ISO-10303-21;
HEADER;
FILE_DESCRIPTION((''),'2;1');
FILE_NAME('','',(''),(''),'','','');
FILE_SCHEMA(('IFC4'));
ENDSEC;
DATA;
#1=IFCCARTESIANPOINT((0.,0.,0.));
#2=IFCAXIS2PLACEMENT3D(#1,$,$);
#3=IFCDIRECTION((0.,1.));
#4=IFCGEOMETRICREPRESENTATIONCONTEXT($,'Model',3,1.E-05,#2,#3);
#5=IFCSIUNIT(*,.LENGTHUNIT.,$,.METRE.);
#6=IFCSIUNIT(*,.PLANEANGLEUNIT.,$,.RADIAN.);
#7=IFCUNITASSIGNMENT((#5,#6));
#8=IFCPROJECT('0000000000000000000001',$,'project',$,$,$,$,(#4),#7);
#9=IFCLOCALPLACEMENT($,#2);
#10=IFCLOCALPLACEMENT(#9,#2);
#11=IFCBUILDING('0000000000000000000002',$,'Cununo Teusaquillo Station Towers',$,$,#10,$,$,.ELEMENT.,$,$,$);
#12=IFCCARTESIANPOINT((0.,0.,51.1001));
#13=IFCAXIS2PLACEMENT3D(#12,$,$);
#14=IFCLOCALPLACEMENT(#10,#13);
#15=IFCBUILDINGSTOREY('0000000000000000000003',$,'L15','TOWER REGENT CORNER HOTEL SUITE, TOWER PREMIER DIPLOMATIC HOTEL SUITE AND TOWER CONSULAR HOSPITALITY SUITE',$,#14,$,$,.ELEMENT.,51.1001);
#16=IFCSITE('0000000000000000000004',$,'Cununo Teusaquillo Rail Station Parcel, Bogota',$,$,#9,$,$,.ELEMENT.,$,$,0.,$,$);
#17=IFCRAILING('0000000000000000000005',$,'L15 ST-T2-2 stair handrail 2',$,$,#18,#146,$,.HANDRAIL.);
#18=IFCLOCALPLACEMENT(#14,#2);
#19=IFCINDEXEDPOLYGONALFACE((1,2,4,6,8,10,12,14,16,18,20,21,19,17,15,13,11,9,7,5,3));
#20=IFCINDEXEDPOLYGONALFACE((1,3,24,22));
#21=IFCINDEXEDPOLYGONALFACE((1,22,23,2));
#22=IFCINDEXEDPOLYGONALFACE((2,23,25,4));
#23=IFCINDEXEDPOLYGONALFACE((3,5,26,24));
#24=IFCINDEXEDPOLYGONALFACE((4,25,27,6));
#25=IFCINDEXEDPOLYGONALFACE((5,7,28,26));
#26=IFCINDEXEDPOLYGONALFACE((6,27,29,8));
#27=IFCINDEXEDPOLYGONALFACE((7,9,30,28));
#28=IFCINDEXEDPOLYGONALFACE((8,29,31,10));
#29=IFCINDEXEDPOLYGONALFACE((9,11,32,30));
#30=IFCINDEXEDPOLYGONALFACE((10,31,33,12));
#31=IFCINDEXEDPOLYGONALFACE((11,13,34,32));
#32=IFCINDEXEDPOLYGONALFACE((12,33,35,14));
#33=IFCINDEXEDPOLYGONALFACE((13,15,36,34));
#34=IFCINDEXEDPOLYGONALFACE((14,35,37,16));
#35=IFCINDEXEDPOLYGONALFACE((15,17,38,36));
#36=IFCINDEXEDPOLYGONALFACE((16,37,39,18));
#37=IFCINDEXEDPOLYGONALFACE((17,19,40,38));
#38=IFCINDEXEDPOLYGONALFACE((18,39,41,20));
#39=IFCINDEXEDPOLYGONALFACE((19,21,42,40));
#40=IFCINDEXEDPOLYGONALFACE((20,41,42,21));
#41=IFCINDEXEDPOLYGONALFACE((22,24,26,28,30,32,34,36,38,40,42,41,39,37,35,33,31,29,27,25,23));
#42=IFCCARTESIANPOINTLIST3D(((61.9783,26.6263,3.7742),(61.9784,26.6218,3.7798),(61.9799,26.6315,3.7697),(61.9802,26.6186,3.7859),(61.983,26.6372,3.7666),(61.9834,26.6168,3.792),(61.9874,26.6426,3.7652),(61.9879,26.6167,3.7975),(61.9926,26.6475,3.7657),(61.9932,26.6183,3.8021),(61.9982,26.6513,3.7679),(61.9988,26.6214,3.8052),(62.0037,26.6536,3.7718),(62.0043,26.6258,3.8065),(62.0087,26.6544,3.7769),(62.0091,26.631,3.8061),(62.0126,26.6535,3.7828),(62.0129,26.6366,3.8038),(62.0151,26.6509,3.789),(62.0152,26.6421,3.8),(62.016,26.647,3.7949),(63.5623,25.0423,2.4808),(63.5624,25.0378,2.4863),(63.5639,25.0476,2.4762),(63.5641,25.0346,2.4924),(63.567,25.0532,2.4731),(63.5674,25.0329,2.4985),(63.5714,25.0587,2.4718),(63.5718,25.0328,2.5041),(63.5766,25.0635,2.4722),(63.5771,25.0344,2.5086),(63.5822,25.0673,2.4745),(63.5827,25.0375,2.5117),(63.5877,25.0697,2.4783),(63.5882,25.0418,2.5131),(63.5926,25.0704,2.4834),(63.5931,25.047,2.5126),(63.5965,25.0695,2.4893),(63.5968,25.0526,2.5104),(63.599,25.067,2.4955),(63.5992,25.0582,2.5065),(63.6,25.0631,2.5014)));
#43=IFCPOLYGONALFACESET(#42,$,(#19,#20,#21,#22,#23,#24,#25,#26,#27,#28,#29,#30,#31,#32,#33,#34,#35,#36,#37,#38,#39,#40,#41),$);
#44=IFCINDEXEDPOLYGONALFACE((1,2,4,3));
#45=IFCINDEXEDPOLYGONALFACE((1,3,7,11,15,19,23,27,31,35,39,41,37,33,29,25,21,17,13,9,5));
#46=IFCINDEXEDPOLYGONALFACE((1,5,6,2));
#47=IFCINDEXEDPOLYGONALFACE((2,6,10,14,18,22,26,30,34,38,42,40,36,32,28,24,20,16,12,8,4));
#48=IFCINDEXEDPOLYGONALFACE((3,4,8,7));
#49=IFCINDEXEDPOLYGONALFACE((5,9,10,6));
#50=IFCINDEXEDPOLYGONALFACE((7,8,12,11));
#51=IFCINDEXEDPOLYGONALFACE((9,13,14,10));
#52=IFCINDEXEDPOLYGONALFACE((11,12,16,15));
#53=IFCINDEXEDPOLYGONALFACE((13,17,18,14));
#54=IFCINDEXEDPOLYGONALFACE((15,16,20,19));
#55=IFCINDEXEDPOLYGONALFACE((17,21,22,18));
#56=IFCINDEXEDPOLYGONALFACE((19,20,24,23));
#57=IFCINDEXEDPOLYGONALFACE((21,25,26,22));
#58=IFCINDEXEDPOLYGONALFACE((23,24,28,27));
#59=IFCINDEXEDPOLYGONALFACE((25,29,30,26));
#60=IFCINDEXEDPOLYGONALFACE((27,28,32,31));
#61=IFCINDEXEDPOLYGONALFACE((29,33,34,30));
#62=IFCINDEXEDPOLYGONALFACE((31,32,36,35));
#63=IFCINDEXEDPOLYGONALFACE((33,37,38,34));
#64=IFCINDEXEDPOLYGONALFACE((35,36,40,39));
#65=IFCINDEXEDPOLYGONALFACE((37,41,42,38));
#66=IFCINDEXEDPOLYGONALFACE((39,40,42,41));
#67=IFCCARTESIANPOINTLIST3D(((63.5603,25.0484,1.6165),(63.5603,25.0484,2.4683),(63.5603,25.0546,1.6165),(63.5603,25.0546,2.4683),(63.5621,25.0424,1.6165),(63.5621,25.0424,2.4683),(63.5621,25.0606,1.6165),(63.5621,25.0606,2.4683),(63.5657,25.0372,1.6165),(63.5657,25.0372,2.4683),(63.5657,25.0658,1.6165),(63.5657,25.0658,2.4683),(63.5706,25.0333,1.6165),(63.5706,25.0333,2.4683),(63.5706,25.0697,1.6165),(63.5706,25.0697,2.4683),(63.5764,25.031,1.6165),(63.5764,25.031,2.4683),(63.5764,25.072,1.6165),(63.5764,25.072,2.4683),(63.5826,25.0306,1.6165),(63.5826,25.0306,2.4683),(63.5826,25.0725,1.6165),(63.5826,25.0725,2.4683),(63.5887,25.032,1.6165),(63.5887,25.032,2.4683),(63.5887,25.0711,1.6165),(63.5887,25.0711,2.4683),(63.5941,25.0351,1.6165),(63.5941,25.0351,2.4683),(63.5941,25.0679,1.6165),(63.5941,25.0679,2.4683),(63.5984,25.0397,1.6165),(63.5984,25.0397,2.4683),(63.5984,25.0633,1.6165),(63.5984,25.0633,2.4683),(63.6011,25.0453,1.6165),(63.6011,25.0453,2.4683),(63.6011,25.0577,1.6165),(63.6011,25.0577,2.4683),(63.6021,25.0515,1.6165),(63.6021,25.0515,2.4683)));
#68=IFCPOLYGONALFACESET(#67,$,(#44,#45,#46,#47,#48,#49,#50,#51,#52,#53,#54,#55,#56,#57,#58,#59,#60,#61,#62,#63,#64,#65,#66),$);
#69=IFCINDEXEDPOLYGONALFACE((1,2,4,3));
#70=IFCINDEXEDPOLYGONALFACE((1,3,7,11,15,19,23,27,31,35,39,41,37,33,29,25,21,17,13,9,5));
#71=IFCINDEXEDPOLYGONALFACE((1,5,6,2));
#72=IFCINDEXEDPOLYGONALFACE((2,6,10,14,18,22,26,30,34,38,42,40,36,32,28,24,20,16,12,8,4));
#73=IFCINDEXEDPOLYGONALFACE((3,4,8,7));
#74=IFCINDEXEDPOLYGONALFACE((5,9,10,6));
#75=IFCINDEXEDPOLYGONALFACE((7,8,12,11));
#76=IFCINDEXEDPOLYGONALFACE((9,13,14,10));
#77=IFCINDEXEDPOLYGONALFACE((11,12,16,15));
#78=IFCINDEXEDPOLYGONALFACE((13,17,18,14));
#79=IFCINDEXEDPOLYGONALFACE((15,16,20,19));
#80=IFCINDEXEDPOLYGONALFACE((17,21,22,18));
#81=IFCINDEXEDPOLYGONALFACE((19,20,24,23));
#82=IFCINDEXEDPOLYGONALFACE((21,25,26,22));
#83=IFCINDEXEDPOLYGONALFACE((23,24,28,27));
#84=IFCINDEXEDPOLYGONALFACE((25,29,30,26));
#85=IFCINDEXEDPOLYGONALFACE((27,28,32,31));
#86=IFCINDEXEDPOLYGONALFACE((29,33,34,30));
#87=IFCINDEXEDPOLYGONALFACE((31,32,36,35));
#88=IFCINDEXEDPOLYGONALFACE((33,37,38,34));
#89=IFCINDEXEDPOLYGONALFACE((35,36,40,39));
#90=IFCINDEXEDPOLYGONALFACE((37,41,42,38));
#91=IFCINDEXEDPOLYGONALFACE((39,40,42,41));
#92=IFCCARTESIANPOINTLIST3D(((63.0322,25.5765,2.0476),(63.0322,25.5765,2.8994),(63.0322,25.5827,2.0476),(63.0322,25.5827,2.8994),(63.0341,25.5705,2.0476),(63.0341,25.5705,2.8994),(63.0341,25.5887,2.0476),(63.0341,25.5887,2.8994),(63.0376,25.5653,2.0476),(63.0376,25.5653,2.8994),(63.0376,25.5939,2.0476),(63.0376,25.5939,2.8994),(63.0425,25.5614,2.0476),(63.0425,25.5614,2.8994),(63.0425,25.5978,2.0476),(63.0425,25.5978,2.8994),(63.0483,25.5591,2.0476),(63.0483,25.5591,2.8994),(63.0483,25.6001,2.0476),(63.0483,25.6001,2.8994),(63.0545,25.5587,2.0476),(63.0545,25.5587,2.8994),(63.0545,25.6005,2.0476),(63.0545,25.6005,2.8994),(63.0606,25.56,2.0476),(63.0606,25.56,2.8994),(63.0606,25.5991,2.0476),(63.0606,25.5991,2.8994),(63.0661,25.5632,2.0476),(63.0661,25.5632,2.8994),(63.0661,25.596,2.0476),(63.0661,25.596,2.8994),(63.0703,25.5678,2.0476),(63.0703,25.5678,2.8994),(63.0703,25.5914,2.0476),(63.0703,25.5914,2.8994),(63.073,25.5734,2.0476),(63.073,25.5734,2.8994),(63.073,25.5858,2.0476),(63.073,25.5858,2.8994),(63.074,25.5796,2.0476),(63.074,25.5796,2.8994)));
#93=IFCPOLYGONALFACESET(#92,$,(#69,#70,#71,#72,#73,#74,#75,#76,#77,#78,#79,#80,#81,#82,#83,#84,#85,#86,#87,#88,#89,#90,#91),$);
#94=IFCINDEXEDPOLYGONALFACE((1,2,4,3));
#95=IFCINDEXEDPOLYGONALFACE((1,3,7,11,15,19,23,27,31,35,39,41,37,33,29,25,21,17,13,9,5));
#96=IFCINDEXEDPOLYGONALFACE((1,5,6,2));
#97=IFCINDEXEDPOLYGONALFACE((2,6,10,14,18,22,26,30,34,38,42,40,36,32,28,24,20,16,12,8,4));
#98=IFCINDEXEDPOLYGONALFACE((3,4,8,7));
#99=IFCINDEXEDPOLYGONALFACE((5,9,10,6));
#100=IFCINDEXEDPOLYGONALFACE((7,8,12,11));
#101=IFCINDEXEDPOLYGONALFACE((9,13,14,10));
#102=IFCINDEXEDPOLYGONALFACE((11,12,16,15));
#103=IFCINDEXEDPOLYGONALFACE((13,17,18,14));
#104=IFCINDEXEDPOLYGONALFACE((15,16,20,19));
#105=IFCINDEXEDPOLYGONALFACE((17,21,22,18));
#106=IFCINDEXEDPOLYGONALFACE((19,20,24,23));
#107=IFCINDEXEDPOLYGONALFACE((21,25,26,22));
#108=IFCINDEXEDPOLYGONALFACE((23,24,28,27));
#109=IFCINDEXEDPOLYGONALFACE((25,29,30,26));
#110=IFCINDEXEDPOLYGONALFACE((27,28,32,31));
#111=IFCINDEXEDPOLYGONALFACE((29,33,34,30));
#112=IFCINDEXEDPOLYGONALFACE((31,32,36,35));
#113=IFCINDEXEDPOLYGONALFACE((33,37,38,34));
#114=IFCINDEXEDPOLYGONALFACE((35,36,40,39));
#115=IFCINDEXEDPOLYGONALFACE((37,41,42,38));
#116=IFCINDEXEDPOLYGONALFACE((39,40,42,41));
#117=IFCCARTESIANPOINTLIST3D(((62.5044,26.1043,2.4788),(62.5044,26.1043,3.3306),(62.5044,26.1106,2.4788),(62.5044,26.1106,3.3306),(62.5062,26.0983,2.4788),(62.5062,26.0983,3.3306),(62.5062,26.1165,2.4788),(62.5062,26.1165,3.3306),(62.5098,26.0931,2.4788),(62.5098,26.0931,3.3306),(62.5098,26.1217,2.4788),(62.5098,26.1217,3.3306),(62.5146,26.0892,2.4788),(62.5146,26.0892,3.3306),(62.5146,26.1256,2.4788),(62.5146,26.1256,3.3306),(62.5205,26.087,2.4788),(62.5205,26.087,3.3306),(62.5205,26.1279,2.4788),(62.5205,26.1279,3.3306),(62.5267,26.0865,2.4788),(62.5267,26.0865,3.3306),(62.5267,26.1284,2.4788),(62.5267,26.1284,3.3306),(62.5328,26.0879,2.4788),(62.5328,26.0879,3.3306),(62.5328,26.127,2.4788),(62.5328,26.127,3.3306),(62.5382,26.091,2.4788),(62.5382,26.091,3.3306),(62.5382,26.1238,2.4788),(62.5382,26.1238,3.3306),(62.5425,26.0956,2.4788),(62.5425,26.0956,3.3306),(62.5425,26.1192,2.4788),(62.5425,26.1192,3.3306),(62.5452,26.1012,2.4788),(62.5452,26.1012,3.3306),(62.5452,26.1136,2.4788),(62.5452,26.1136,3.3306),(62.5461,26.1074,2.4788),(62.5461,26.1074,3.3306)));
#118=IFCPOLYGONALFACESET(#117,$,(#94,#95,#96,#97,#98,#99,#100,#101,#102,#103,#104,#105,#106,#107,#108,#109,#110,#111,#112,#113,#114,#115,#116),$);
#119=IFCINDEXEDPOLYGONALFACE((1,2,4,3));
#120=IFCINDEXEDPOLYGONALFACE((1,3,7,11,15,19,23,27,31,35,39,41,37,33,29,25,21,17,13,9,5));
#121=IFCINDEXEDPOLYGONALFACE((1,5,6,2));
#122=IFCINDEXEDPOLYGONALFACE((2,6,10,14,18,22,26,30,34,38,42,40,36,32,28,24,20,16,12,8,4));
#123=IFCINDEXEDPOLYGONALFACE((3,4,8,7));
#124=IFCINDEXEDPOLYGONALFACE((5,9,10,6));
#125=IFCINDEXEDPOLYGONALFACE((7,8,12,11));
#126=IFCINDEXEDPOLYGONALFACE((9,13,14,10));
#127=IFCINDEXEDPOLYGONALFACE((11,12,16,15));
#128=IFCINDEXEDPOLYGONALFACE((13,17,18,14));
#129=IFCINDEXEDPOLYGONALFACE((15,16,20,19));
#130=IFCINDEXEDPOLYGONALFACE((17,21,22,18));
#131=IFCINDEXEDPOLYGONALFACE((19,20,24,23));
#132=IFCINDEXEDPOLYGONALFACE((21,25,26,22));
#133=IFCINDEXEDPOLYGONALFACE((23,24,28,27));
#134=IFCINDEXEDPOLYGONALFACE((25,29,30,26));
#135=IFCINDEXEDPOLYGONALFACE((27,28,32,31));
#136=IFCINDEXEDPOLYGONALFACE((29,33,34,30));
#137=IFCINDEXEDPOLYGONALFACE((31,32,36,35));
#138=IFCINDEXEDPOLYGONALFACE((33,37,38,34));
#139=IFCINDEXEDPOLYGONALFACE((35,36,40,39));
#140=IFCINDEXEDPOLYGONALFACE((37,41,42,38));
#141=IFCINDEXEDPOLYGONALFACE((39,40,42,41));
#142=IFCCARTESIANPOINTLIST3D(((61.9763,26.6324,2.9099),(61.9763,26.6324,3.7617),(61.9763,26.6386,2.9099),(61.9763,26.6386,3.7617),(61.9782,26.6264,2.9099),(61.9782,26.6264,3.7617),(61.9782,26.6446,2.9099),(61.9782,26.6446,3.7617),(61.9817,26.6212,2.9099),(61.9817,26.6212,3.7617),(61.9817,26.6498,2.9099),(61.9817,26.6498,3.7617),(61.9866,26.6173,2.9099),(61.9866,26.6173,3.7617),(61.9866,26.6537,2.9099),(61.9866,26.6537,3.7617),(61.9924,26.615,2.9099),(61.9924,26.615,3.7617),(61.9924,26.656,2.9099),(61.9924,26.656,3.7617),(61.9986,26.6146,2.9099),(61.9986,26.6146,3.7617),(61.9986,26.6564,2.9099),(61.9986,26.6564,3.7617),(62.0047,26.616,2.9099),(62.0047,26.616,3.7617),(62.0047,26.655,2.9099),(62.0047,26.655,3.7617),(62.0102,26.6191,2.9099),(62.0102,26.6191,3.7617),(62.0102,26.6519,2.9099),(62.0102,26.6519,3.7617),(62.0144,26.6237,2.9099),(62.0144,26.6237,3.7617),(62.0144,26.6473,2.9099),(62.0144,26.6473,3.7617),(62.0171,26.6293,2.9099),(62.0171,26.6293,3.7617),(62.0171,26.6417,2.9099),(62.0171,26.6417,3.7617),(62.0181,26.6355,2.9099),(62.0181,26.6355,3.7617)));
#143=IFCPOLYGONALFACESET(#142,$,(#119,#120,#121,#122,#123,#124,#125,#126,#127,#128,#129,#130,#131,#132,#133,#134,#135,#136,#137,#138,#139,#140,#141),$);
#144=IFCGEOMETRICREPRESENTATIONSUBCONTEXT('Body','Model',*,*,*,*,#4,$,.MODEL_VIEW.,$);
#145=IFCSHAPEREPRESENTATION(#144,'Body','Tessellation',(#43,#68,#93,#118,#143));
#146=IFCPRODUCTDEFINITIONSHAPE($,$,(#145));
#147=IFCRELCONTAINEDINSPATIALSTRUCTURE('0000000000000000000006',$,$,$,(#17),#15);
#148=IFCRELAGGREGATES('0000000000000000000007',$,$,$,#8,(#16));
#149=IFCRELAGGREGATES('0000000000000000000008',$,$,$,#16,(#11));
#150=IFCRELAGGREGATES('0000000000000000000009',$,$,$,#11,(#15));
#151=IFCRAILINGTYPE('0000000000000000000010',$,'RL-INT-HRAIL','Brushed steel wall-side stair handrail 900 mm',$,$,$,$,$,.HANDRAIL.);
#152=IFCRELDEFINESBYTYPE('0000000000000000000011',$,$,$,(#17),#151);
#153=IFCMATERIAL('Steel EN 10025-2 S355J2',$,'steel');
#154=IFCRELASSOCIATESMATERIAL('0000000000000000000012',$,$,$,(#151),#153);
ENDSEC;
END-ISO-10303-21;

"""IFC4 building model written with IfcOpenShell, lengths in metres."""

from ifc_helpers import new_model, si_unit, direction, frame, origin, origin_2d, place, context, subcontext, project, spatial, circle, extrude, material, type_object, element, save


model = new_model("IFC4")

# Units and contexts
model_context = context("Model", 3, precision=1e-05, world=origin(), true_north=direction((0.0, 1.0)))
body_context = subcontext(model_context, "Body", "Model", "MODEL_VIEW")
ifc_project = project(units=[si_unit("LENGTHUNIT", "METRE"), si_unit("PLANEANGLEUNIT", "RADIAN")], contexts=[model_context])

# Site, building, storey
site_placement = place(None, origin())
site = spatial("IfcSite", under=ifc_project, at=site_placement, Name="Cununo Teusaquillo Rail Station Parcel, Bogota", CompositionType="ELEMENT", RefElevation=0.0)
building_placement = place(site_placement, origin())
building = spatial("IfcBuilding", under=site, at=building_placement, Name="Cununo Teusaquillo Station Towers", CompositionType="ELEMENT")
storey_placement = place(building_placement, frame((0.0, 0.0, 51.1001)))
storey = spatial("IfcBuildingStorey", under=building, at=storey_placement, Name="L15", Description="TOWER REGENT CORNER HOTEL SUITE, TOWER PREMIER DIPLOMATIC HOTEL SUITE AND TOWER CONSULAR HOSPITALITY SUITE", CompositionType="ELEMENT", Elevation=51.1001)

# Railing
ifc_material_1 = material(Name="Steel EN 10025-2 S355J2", Category="steel")
railing_type_1 = type_object("IfcRailingType", Name="RL-INT-HRAIL", Description="Brushed steel wall-side stair handrail 900 mm", PredefinedType="HANDRAIL", material=ifc_material_1)
railing_1_placement = place(storey_placement, frame((63.5811, 25.0515, 1.6165)))
element("IfcRailing", 1, at=railing_1_placement, inside=storey, type_object=railing_type_1, Name="L15 ST-T2-2 stair handrail 2", PredefinedType="HANDRAIL", context=body_context, shape_type="SweptSolid", body=[
    extrude(circle(Radius=0.0239, at=origin_2d()), frame((0.0, 0.0, 0.876), z_axis=(-0.612356, 0.612356, 0.50004), x_axis=(-0.707107, -0.707107, 0.0)), (0.0, 0.0, 1.0), 2.5867),
    extrude(circle(Radius=0.021, at=origin_2d()), origin(), (0.0, 0.0, 1.0), 0.8518),
    extrude(circle(Radius=0.021, at=origin_2d()), frame((-0.5281, 0.5281, 0.4312)), (0.0, 0.0, 1.0), 0.8518),
    extrude(circle(Radius=0.021, at=origin_2d()), frame((-1.0559, 1.0559, 0.8623)), (0.0, 0.0, 1.0), 0.8518),
    extrude(circle(Radius=0.021, at=origin_2d()), frame((-1.584, 1.584, 1.2935)), (0.0, 0.0, 1.0), 0.8518),
])

save(model, "model.ifc")
